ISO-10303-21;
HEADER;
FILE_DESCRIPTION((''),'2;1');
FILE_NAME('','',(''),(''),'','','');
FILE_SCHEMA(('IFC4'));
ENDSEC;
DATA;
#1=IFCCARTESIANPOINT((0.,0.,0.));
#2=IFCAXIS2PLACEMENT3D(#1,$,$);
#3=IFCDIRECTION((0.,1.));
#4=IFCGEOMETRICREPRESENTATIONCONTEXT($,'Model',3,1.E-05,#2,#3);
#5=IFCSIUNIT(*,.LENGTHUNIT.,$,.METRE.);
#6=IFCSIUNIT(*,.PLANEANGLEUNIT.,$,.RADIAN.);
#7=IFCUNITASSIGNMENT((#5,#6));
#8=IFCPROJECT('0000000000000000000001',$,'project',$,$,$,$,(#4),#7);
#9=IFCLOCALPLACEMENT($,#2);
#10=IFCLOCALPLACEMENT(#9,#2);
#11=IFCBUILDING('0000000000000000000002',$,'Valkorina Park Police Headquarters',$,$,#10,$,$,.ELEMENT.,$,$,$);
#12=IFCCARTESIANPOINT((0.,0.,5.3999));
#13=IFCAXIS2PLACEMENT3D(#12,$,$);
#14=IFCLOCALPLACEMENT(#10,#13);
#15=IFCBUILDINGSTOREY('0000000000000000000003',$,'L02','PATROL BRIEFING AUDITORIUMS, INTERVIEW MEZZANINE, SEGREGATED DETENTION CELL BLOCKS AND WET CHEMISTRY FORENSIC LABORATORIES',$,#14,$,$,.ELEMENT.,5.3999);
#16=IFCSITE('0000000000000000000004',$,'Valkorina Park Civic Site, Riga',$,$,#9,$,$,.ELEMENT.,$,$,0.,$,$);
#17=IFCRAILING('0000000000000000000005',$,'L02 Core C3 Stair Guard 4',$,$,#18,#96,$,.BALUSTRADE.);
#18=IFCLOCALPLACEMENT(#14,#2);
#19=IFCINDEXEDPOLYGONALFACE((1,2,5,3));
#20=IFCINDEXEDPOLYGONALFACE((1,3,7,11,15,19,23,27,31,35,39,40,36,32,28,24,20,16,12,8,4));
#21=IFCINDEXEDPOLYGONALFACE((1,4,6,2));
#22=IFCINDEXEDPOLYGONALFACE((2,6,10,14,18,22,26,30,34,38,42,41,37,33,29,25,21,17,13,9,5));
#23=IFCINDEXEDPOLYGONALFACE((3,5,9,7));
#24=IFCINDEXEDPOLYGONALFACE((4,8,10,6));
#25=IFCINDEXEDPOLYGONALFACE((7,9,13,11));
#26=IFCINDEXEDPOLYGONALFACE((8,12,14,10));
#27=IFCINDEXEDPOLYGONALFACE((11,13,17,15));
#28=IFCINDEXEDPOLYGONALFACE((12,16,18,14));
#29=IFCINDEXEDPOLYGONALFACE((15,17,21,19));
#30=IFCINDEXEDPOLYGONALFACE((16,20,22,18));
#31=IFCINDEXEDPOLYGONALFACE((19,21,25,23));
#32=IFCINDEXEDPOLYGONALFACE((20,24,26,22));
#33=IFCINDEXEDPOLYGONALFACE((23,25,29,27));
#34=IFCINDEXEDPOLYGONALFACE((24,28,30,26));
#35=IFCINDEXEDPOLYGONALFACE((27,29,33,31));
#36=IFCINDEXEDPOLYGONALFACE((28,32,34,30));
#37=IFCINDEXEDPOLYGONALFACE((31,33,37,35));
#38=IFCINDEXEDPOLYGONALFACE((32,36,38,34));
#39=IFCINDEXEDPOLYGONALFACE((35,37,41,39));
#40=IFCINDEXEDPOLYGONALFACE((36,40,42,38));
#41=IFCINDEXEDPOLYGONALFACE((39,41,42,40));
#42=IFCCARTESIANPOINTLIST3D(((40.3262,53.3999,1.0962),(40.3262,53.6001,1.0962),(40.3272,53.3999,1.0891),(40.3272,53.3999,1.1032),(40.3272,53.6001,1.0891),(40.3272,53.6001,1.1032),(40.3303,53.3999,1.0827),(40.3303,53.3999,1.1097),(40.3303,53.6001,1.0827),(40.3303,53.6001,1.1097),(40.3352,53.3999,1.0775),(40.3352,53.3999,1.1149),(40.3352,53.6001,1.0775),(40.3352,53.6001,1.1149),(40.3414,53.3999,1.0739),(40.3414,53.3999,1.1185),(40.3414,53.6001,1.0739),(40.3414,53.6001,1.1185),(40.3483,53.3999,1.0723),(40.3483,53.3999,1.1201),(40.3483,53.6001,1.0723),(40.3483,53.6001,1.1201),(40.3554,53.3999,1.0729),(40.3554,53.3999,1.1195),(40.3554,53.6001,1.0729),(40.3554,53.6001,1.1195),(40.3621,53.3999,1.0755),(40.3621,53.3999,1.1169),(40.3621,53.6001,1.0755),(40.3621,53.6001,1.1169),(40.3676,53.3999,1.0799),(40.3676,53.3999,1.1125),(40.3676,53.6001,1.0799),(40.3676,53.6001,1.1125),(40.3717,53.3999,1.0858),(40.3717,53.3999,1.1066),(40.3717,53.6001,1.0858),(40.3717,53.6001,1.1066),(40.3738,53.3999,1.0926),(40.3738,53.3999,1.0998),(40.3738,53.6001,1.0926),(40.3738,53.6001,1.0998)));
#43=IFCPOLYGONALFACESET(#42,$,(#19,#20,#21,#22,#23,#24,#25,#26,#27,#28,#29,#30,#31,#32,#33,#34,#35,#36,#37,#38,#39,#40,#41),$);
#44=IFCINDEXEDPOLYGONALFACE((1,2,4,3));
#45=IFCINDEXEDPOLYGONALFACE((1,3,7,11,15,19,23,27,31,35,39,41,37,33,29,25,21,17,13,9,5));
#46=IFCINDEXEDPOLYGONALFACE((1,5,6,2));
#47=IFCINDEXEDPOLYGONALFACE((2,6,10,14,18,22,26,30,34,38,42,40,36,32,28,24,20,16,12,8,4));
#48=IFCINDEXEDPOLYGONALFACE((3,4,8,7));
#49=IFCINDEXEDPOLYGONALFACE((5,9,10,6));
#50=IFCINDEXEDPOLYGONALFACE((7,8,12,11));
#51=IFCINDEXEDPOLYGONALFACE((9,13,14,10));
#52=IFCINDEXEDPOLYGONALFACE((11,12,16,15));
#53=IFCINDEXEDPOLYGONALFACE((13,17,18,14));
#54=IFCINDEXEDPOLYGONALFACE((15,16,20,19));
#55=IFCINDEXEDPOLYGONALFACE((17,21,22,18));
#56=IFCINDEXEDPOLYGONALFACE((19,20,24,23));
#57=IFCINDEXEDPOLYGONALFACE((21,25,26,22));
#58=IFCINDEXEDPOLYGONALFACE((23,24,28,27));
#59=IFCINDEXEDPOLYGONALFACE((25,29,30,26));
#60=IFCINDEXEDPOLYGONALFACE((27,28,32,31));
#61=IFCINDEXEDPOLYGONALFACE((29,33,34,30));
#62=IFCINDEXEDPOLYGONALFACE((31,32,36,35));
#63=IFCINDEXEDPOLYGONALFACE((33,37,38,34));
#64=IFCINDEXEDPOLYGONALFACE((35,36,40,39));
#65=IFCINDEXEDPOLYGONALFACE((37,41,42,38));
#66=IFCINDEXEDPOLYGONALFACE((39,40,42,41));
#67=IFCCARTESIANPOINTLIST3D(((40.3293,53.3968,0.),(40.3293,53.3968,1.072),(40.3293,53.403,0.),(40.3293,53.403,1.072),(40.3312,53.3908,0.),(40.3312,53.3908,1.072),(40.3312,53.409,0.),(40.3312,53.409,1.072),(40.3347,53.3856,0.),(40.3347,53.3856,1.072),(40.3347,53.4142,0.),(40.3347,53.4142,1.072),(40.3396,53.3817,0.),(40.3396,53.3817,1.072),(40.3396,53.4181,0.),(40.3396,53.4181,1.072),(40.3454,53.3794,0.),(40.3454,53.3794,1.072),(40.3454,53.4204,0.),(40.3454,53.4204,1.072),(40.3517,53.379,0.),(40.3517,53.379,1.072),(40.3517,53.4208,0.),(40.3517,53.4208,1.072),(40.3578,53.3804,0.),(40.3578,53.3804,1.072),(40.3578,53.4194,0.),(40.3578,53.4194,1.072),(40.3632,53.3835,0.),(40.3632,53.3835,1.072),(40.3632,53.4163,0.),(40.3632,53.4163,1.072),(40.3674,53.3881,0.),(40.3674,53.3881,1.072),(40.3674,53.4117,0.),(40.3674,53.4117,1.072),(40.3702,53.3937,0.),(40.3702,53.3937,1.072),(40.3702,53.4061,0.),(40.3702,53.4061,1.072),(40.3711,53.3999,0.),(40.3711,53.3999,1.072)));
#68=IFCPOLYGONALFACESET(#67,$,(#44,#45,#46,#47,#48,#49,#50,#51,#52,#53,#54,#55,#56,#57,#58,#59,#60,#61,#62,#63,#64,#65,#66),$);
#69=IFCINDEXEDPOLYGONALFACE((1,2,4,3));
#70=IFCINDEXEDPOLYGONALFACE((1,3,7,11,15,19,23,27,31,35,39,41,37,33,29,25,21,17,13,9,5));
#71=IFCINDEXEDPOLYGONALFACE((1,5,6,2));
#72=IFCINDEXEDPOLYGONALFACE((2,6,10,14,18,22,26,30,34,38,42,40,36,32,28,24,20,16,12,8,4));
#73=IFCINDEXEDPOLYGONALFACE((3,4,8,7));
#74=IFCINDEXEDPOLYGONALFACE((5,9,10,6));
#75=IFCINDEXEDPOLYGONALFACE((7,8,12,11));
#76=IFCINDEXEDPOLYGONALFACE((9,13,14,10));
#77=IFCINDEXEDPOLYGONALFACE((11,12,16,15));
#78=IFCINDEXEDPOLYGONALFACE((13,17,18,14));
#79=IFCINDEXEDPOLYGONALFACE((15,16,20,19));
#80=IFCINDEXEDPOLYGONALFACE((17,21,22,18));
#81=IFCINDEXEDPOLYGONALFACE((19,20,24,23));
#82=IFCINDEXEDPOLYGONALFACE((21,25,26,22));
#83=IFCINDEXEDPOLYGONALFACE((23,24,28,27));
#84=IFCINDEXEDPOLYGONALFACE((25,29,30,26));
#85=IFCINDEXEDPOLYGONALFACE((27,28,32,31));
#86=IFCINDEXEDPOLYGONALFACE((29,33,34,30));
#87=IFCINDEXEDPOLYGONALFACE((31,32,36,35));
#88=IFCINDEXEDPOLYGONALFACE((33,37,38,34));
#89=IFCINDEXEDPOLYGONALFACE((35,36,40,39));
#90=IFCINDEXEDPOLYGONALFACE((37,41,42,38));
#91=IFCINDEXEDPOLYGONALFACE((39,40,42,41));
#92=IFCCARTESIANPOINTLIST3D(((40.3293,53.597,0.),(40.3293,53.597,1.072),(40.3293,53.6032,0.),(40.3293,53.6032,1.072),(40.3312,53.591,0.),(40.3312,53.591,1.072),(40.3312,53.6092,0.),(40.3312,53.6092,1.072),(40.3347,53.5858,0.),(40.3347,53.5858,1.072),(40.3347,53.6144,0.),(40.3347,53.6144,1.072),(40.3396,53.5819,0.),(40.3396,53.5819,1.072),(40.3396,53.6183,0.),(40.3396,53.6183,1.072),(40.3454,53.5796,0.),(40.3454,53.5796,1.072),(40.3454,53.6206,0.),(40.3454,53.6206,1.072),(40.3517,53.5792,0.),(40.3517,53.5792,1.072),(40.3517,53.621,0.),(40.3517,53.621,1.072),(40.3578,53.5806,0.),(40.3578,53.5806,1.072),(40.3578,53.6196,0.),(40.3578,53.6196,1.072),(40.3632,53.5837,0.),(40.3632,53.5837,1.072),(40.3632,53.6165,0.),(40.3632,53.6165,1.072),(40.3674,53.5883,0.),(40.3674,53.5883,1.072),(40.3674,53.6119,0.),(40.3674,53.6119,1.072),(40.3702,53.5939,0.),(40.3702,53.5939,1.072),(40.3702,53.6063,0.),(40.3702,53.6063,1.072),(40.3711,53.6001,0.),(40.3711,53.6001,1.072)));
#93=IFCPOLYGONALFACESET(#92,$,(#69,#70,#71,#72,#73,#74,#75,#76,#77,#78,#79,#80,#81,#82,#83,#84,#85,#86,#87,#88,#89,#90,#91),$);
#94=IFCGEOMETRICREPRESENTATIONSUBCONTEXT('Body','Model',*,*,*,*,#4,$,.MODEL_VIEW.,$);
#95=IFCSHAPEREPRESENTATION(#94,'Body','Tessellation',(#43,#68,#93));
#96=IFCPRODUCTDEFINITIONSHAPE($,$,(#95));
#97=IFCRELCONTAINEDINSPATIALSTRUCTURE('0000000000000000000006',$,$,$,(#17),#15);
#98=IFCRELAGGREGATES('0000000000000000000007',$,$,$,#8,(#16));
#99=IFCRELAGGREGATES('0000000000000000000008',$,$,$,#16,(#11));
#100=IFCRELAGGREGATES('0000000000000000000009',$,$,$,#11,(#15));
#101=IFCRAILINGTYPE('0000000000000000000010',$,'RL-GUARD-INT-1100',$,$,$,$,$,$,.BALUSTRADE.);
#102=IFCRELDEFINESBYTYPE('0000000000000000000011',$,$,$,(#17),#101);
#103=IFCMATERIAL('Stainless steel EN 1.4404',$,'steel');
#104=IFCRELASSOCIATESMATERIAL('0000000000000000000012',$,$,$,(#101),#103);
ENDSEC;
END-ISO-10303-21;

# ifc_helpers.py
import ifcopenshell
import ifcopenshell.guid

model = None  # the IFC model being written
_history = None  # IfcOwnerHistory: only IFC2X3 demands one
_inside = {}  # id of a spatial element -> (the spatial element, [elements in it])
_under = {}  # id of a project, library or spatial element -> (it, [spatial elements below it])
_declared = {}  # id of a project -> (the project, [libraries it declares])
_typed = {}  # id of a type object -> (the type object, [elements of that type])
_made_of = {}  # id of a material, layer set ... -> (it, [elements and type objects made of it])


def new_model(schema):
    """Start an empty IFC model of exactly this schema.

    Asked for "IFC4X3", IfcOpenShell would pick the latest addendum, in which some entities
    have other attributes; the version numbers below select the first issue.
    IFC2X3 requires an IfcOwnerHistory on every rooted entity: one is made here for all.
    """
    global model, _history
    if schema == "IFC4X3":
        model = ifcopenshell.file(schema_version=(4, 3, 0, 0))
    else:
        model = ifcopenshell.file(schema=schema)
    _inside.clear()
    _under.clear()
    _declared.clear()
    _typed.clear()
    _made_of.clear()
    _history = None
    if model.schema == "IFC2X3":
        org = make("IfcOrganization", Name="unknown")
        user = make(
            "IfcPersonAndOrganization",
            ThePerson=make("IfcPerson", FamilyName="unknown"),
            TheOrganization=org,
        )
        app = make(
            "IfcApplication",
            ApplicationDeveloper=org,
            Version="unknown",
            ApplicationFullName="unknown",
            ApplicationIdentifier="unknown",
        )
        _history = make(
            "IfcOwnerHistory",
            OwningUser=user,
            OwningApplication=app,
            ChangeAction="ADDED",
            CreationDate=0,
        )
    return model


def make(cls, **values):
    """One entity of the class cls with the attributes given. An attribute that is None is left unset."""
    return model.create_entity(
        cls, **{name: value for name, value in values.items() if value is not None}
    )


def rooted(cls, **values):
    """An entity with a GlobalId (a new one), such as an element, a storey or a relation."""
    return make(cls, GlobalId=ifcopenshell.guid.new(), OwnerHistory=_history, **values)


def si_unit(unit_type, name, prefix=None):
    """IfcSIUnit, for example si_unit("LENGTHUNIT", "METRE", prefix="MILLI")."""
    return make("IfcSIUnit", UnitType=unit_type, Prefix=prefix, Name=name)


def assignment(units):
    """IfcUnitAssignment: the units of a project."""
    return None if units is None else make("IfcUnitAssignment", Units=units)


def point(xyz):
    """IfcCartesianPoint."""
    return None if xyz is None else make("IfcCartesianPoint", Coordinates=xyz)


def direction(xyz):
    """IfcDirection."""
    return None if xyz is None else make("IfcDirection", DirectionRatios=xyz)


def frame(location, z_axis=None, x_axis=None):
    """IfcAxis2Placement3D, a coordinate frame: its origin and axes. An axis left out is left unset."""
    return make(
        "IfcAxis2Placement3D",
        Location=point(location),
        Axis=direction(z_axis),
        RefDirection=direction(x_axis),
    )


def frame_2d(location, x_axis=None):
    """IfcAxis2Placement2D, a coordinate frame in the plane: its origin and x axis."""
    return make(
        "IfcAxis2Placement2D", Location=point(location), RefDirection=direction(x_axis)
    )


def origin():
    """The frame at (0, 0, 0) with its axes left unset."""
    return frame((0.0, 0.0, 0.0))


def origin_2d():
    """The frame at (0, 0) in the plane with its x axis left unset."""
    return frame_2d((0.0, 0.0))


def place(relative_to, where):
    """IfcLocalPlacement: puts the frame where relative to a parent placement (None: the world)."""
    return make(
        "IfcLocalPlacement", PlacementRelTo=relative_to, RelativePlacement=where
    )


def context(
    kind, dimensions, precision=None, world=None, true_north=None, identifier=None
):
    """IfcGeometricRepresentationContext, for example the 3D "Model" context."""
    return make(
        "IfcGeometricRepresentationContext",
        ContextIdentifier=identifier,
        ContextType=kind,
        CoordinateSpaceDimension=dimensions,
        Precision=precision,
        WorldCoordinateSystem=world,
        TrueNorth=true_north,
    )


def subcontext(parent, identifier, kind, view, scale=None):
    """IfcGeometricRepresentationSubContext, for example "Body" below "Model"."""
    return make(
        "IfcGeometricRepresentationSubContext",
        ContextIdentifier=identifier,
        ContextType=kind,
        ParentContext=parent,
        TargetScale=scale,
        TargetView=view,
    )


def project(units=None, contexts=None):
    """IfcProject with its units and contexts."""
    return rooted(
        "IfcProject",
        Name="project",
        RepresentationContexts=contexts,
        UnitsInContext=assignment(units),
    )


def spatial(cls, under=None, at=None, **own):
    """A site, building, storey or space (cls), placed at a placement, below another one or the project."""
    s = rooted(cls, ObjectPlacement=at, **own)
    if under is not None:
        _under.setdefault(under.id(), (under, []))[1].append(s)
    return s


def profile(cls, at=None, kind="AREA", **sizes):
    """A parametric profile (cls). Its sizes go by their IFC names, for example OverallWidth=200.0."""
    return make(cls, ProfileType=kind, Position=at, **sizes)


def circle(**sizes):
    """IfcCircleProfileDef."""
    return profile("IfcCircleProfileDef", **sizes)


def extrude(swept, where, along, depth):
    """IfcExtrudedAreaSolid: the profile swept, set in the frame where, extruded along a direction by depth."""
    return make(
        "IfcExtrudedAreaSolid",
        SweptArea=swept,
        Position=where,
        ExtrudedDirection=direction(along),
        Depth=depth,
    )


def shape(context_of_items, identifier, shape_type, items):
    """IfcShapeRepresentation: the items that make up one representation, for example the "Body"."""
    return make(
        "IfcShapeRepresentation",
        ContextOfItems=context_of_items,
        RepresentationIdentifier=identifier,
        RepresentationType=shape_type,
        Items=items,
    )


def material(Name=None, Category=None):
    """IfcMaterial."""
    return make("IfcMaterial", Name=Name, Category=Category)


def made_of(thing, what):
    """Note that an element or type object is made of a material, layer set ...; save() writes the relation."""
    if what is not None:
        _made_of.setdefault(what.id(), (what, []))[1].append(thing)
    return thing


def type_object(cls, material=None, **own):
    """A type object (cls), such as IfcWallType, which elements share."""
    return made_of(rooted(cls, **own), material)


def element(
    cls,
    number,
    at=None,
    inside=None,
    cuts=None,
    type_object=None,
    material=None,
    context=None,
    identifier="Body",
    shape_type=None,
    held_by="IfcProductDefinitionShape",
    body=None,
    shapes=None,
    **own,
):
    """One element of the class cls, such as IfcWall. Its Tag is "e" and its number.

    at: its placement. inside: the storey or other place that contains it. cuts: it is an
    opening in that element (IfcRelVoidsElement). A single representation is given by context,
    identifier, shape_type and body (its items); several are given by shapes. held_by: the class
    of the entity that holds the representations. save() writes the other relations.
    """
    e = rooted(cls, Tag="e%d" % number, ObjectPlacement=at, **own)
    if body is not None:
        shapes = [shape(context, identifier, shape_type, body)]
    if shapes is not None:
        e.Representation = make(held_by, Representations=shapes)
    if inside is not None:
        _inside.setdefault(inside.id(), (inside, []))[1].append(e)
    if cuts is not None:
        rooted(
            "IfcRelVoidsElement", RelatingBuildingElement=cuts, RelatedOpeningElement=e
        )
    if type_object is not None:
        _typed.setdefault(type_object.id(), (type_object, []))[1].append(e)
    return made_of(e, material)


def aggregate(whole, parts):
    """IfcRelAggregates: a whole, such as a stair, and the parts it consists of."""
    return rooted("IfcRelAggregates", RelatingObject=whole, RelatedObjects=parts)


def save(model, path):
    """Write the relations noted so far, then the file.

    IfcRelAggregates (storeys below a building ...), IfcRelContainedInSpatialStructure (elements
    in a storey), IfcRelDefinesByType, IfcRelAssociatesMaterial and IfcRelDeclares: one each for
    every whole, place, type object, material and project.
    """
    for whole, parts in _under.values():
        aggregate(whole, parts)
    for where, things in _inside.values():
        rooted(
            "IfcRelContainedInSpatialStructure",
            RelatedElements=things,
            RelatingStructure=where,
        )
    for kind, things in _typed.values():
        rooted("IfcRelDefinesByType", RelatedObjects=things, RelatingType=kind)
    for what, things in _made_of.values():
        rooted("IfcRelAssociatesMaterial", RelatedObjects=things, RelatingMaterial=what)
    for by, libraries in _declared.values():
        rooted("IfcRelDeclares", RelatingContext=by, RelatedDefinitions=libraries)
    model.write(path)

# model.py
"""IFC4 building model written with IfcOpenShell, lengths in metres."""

from ifc_helpers import new_model, si_unit, direction, frame, origin, origin_2d, place, context, subcontext, project, spatial, circle, extrude, material, type_object, element, save


model = new_model("IFC4")

# Units and contexts
model_context = context("Model", 3, precision=1e-05, world=origin(), true_north=direction((0.0, 1.0)))
body_context = subcontext(model_context, "Body", "Model", "MODEL_VIEW")
ifc_project = project(units=[si_unit("LENGTHUNIT", "METRE"), si_unit("PLANEANGLEUNIT", "RADIAN")], contexts=[model_context])

# Site, building, storey
site_placement = place(None, origin())
site = spatial("IfcSite", under=ifc_project, at=site_placement, Name="Valkorina Park Civic Site, Riga", CompositionType="ELEMENT", RefElevation=0.0)
building_placement = place(site_placement, origin())
building = spatial("IfcBuilding", under=site, at=building_placement, Name="Valkorina Park Police Headquarters", CompositionType="ELEMENT")
storey_placement = place(building_placement, frame((0.0, 0.0, 5.3999)))
storey = spatial("IfcBuildingStorey", under=building, at=storey_placement, Name="L02", Description="PATROL BRIEFING AUDITORIUMS, INTERVIEW MEZZANINE, SEGREGATED DETENTION CELL BLOCKS AND WET CHEMISTRY FORENSIC LABORATORIES", CompositionType="ELEMENT", Elevation=5.3999)

# Railing
ifc_material_1 = material(Name="Stainless steel EN 1.4404", Category="steel")
railing_type_1 = type_object("IfcRailingType", Name="RL-GUARD-INT-1100", PredefinedType="BALUSTRADE", material=ifc_material_1)
railing_1_placement = place(storey_placement, frame((40.3501, 53.3999, 0.0)))
element("IfcRailing", 1, at=railing_1_placement, inside=storey, type_object=railing_type_1, Name="L02 Core C3 Stair Guard 4", PredefinedType="BALUSTRADE", context=body_context, shape_type="SweptSolid", body=[
    extrude(circle(Radius=0.0239, at=origin_2d()), frame((0.0, 0.0, 1.0962), z_axis=(0.0, 1.0, 0.0), x_axis=(-1.0, 0.0, 0.0)), (0.0, 0.0, 1.0), 0.2002),
    extrude(circle(Radius=0.021, at=origin_2d()), origin(), (0.0, 0.0, 1.0), 1.072),
    extrude(circle(Radius=0.021, at=origin_2d()), frame((0.0, 0.2002, 0.0)), (0.0, 0.0, 1.0), 1.072),
])

save(model, "model.ifc")
